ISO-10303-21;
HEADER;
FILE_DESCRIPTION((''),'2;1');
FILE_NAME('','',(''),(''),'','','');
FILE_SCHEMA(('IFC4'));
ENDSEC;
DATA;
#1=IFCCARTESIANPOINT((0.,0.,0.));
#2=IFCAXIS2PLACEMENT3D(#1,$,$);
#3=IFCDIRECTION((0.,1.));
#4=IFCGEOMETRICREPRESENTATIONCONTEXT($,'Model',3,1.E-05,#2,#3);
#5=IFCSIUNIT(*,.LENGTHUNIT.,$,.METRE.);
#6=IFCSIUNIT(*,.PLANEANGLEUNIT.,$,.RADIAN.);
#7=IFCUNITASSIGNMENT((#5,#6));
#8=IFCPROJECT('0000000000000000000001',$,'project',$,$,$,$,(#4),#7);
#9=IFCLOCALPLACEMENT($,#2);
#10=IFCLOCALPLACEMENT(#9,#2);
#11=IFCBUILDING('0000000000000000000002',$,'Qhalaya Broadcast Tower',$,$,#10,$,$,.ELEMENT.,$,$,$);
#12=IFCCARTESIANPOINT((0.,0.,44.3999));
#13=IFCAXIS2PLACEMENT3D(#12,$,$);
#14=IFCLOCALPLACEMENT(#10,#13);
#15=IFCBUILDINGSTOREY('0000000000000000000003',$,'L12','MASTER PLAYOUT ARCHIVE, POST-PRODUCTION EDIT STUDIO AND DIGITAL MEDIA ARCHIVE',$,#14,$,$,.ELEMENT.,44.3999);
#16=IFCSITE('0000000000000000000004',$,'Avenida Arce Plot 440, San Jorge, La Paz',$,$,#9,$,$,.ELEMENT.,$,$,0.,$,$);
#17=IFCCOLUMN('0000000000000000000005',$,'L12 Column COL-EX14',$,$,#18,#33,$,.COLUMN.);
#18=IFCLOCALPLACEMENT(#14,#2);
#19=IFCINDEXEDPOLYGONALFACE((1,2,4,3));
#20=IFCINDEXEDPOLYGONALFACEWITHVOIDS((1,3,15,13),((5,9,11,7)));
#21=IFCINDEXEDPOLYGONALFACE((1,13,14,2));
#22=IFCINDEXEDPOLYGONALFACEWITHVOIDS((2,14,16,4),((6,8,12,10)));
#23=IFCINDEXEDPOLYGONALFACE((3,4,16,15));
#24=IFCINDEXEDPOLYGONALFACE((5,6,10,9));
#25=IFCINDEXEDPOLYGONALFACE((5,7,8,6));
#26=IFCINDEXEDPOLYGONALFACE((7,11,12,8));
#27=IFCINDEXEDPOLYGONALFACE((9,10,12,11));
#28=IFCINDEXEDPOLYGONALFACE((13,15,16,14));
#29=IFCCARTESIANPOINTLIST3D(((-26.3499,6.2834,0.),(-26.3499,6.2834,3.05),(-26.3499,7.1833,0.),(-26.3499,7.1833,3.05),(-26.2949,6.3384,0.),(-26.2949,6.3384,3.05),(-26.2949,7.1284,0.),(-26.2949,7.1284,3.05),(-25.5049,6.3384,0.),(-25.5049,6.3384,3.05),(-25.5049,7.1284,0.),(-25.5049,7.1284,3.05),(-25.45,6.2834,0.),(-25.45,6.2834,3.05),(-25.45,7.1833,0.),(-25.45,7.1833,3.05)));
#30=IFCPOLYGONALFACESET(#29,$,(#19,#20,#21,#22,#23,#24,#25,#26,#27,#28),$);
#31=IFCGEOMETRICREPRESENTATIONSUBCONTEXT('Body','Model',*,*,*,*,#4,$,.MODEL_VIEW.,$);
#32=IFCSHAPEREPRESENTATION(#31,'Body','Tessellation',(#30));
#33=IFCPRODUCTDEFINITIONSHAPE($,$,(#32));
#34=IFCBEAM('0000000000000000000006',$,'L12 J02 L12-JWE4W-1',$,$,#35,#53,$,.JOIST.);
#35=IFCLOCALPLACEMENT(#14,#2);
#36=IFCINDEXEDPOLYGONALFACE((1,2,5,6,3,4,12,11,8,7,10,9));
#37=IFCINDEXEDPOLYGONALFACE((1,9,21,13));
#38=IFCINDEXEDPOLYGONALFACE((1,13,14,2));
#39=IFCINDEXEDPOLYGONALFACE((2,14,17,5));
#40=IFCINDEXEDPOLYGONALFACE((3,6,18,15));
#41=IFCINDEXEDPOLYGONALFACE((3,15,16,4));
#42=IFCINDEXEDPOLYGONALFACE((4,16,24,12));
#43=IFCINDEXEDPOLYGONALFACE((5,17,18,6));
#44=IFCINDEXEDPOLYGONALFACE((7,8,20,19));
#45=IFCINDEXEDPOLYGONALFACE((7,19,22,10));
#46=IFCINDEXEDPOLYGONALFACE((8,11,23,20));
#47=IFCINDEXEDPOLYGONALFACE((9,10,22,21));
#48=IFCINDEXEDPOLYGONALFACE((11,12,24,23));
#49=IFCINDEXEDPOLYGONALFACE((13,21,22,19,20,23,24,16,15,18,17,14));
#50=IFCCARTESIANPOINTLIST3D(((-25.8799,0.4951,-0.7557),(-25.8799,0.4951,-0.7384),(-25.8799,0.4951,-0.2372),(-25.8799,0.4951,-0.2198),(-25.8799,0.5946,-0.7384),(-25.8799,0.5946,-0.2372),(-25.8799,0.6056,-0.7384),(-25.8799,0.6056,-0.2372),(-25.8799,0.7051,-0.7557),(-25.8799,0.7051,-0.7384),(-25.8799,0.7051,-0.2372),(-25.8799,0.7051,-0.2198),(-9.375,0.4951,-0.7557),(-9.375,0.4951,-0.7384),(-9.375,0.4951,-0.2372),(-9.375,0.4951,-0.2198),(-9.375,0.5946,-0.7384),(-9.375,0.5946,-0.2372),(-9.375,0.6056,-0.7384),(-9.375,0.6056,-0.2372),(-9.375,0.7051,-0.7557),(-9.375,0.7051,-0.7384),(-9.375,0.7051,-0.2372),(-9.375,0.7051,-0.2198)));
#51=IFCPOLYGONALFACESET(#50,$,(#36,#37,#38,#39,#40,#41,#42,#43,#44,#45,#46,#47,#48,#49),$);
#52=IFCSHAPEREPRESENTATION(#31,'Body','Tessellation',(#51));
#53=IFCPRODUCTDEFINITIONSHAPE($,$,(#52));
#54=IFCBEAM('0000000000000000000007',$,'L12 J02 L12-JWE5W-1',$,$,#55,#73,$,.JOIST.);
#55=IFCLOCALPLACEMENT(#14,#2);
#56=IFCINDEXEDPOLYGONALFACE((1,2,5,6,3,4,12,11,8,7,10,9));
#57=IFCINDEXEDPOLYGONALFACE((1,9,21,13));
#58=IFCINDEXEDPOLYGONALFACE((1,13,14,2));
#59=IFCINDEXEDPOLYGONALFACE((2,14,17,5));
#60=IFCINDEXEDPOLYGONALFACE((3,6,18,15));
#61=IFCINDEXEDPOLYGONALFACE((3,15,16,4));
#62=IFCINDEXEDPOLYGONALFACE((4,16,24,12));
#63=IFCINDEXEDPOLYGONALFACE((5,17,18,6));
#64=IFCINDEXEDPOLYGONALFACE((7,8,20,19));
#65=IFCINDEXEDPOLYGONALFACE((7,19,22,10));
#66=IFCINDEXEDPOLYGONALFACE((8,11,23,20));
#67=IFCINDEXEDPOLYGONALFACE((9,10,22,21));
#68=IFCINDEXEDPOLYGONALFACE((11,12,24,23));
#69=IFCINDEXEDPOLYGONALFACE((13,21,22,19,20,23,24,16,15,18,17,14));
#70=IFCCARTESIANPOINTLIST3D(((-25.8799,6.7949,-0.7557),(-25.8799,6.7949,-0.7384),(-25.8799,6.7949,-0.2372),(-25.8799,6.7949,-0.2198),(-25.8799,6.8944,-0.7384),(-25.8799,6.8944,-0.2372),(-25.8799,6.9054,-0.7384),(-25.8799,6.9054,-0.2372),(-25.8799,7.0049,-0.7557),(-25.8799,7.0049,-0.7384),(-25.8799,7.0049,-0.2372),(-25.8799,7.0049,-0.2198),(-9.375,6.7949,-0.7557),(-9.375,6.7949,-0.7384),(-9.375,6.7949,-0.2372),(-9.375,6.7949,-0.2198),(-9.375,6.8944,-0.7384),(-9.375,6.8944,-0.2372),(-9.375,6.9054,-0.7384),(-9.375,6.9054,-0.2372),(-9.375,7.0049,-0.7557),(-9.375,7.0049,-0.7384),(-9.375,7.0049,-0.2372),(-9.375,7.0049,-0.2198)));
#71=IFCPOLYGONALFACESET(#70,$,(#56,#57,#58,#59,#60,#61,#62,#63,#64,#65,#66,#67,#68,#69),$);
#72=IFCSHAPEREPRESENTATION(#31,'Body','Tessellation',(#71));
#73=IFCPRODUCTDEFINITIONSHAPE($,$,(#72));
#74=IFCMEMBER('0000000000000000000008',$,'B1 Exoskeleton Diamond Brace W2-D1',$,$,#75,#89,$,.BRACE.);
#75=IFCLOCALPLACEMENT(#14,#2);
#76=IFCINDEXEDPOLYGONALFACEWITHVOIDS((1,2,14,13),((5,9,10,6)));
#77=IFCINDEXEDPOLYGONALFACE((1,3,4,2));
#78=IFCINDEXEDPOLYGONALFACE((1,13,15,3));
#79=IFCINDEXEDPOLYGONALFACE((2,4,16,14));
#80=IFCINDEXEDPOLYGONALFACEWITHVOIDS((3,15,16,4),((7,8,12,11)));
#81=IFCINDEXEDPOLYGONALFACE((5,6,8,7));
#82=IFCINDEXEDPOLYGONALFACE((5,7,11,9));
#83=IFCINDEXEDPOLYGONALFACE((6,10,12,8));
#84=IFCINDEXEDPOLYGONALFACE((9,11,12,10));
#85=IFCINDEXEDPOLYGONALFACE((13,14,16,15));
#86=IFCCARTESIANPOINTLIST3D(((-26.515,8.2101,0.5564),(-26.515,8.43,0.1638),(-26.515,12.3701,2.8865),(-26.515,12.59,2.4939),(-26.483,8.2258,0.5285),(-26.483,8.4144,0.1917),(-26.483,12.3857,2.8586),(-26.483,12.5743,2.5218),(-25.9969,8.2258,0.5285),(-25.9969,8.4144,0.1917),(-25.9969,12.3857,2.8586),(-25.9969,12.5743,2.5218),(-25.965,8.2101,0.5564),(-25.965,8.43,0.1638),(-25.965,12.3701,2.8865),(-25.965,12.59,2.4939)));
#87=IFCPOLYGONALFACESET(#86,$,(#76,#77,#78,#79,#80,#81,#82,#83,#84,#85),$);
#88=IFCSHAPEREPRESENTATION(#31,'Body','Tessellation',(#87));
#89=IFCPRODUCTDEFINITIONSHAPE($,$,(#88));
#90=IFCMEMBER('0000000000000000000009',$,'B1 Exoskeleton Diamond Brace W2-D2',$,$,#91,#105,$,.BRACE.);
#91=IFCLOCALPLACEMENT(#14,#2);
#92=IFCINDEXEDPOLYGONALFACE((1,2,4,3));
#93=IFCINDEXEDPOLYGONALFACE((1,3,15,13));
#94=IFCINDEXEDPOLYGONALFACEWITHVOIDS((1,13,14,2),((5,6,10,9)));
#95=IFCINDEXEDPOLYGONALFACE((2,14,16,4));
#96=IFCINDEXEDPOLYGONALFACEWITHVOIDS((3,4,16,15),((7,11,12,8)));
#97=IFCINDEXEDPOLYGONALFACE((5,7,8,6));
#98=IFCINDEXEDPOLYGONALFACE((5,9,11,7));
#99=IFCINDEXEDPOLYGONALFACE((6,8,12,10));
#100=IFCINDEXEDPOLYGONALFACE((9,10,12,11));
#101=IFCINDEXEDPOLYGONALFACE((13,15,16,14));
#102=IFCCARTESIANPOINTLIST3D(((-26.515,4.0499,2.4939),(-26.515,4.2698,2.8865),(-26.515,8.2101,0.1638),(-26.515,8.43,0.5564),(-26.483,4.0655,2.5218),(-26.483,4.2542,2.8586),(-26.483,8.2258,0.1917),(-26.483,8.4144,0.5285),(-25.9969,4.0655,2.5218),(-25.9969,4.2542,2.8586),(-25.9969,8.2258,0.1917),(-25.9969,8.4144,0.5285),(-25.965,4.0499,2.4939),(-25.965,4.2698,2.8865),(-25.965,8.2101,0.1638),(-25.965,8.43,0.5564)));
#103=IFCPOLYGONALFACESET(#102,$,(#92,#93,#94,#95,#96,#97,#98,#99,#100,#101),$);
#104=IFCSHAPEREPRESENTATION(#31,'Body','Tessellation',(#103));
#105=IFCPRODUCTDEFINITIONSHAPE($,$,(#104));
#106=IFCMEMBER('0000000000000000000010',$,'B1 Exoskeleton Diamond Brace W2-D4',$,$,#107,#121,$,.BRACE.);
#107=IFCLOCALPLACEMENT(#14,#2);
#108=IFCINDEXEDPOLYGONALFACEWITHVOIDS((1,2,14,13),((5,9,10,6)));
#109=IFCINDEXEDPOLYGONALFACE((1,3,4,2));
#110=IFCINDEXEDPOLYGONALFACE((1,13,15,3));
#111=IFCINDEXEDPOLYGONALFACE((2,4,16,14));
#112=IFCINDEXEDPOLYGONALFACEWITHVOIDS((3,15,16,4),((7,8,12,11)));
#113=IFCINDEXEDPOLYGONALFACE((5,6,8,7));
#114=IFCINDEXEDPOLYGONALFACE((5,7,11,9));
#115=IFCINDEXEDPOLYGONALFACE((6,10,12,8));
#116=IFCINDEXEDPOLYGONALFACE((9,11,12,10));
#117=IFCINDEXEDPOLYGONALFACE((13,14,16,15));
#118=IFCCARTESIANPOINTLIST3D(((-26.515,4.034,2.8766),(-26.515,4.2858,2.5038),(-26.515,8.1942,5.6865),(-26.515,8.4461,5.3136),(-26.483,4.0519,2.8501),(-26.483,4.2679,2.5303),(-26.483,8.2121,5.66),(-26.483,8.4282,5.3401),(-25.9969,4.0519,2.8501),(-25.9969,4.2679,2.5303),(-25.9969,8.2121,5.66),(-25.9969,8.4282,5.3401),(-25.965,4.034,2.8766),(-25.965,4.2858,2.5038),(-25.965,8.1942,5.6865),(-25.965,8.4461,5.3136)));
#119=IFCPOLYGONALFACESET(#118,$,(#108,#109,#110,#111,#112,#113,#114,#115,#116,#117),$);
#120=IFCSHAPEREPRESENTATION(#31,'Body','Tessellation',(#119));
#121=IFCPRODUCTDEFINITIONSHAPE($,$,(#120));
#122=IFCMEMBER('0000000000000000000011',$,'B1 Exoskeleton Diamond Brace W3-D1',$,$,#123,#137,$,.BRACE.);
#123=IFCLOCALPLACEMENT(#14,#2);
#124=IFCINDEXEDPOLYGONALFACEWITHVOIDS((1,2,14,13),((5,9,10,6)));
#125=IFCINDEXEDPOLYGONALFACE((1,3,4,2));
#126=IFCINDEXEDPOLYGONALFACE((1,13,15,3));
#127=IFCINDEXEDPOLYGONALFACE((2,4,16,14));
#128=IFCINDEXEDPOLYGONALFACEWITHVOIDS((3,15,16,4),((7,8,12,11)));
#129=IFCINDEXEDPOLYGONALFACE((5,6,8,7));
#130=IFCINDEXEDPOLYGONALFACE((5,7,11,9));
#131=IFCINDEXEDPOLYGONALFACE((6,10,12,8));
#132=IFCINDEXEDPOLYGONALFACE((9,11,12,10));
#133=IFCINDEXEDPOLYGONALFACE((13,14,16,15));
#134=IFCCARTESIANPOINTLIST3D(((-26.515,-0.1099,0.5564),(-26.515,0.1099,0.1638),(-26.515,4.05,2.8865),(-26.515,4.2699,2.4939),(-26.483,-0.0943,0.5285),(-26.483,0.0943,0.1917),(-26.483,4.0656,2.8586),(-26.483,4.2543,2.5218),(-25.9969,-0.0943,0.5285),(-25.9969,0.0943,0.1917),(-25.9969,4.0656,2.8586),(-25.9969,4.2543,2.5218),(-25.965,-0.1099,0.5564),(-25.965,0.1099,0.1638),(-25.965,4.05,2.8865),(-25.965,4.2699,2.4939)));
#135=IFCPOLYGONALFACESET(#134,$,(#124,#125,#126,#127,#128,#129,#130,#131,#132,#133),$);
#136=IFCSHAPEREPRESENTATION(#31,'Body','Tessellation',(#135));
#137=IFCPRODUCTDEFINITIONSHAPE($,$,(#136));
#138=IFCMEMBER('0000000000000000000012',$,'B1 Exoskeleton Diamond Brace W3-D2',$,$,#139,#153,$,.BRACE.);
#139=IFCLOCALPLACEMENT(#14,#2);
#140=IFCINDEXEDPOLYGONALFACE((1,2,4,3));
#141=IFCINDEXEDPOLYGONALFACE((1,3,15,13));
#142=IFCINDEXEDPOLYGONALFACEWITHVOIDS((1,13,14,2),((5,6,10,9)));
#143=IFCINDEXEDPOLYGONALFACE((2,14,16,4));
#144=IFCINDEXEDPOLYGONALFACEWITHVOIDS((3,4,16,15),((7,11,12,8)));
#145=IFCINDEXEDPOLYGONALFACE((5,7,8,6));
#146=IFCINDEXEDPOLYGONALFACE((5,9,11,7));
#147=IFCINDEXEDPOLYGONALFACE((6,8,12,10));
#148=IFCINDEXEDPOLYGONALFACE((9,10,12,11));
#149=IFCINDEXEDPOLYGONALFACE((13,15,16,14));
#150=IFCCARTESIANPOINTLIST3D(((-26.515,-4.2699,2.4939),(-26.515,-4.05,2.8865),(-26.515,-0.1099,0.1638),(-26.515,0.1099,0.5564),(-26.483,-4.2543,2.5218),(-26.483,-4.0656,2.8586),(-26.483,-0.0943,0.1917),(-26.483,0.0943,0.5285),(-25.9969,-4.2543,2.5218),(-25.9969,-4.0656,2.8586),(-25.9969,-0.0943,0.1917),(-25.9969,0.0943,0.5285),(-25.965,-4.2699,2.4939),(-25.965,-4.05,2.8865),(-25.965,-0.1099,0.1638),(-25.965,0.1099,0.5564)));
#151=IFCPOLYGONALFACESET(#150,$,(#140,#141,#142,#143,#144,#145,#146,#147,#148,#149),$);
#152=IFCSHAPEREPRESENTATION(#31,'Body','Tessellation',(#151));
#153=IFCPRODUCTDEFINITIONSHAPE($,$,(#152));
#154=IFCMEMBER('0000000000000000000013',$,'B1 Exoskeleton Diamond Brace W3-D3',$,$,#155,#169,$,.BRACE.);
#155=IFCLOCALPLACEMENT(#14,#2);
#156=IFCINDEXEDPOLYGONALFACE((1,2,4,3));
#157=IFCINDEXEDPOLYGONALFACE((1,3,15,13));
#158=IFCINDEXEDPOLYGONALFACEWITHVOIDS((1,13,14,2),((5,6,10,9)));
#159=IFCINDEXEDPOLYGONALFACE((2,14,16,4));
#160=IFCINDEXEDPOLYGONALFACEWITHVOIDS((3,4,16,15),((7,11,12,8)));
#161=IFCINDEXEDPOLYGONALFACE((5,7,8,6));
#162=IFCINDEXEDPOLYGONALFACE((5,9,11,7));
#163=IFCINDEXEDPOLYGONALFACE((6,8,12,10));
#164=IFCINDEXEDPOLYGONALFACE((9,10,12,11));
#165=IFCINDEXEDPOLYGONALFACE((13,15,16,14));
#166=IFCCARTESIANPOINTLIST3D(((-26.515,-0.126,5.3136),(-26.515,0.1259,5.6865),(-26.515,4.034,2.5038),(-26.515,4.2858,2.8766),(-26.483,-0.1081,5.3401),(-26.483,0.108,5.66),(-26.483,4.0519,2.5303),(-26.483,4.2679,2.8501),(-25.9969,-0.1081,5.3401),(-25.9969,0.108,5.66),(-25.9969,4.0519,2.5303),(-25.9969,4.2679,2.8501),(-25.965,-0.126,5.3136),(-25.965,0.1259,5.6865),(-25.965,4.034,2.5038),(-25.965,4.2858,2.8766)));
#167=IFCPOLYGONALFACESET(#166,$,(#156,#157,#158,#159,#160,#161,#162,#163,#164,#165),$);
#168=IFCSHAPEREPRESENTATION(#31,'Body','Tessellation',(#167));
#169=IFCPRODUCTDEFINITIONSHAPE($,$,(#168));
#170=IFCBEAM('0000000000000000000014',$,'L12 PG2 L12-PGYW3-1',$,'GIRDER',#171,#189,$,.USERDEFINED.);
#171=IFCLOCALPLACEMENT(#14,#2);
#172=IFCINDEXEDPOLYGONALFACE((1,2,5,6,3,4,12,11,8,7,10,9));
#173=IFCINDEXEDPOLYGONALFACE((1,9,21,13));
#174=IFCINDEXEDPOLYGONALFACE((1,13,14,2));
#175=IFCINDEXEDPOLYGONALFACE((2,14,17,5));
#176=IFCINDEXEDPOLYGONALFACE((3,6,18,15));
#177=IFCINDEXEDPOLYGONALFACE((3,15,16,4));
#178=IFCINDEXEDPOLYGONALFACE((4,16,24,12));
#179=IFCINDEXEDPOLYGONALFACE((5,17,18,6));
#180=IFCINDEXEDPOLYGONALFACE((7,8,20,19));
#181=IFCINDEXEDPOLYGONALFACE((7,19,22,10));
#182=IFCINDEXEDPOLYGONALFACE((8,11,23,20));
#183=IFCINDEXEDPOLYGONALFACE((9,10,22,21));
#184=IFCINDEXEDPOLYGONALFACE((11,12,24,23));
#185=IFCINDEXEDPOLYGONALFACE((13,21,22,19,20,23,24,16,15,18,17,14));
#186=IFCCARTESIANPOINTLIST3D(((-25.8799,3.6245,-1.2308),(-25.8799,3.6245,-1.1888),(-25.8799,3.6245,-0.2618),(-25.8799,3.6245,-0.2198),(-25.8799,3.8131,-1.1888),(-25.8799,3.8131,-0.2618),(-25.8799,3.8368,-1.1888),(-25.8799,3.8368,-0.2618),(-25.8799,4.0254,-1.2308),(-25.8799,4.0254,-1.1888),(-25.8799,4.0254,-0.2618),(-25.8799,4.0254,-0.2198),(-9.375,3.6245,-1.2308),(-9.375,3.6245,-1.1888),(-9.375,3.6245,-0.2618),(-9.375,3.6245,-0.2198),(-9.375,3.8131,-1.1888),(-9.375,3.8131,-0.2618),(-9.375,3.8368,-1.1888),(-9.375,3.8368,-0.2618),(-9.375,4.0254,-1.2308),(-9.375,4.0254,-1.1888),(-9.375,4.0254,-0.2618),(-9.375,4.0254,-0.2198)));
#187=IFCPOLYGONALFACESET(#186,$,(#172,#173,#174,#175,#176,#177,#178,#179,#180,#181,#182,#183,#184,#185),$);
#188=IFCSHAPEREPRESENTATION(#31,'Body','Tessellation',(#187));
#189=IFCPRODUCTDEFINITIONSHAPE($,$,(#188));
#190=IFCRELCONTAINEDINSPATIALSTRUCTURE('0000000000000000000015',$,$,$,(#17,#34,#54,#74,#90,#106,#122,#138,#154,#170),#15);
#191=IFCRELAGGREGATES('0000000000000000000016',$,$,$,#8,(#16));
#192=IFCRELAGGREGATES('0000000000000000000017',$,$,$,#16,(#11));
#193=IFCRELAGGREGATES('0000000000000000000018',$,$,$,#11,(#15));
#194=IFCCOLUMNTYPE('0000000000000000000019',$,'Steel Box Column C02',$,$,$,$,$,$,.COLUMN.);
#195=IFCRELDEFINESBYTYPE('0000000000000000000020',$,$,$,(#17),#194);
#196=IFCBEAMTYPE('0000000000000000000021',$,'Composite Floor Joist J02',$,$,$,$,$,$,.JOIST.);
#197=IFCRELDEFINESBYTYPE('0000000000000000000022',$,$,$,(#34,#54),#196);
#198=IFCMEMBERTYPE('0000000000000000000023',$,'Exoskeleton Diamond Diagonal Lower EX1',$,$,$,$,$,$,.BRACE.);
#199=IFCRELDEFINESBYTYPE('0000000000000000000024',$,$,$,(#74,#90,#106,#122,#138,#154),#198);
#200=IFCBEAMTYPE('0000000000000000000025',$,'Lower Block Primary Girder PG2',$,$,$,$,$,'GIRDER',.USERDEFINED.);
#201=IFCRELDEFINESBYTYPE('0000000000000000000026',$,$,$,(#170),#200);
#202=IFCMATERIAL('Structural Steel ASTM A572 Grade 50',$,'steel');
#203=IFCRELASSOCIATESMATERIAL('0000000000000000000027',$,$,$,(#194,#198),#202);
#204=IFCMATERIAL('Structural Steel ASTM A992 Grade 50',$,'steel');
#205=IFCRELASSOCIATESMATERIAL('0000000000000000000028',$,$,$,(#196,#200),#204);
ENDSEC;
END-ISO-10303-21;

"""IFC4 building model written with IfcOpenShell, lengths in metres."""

from ifc_helpers import new_model, si_unit, direction, frame, origin, origin_2d, place, context, subcontext, project, spatial, hollow_rectangle, i_section, extrude, material, material_profile, profile_set, type_object, element, save


model = new_model("IFC4")

# Units and contexts
model_context = context("Model", 3, precision=1e-05, world=origin(), true_north=direction((0.0, 1.0)))
body_context = subcontext(model_context, "Body", "Model", "MODEL_VIEW")
ifc_project = project(units=[si_unit("LENGTHUNIT", "METRE"), si_unit("PLANEANGLEUNIT", "RADIAN")], contexts=[model_context])

# Site, building, storey
site_placement = place(None, origin())
site = spatial("IfcSite", under=ifc_project, at=site_placement, Name="Avenida Arce Plot 440, San Jorge, La Paz", CompositionType="ELEMENT", RefElevation=0.0)
building_placement = place(site_placement, origin())
building = spatial("IfcBuilding", under=site, at=building_placement, Name="Qhalaya Broadcast Tower", CompositionType="ELEMENT")
storey_placement = place(building_placement, frame((0.0, 0.0, 44.3999)))
storey = spatial("IfcBuildingStorey", under=building, at=storey_placement, Name="L12", Description="MASTER PLAYOUT ARCHIVE, POST-PRODUCTION EDIT STUDIO AND DIGITAL MEDIA ARCHIVE", CompositionType="ELEMENT", Elevation=44.3999)

# Column
ifc_material_1 = material(Name="Structural Steel ASTM A572 Grade 50", Category="steel")
ifc_material_profile_1 = material_profile(ifc_material_1, hollow_rectangle(XDim=0.8999, YDim=0.8999, WallThickness=0.0549, at=origin_2d()), Name="BOX 900x900x55")
ifc_profile_set_1 = profile_set([ifc_material_profile_1], Name="Structural Steel ASTM A572 Grade 50")
column_type = type_object("IfcColumnType", Name="Steel Box Column C02", PredefinedType="COLUMN", material=ifc_profile_set_1)
column_placement = place(storey_placement, frame((-25.8999, 6.7334, 0.0), z_axis=(0.0, 0.0, 1.0), x_axis=(0.0, 1.0, 0.0)))
element("IfcColumn", 1, at=column_placement, inside=storey, type_object=column_type, Name="L12 Column COL-EX14", PredefinedType="COLUMN", context=body_context, shape_type="SweptSolid", body=[
    extrude(hollow_rectangle(XDim=0.8999, YDim=0.8999, WallThickness=0.0549, at=origin_2d()), origin(), (0.0, 0.0, 1.0), 3.05),
])

# Beams
ifc_material_2 = material(Name="Structural Steel ASTM A992 Grade 50", Category="steel")
ifc_material_profile_2 = material_profile(ifc_material_2, i_section(OverallWidth=0.21, OverallDepth=0.5359, WebThickness=0.011, FlangeThickness=0.0173, at=origin_2d()), Name="W21X68")
ifc_profile_set_2 = profile_set([ifc_material_profile_2], Name="Structural Steel ASTM A992 Grade 50")
beam_type_1 = type_object("IfcBeamType", Name="Composite Floor Joist J02", PredefinedType="JOIST", material=ifc_profile_set_2)
for number, where, z_axis, x_axis, name in (
    (2, (-25.8799, 0.6001, -0.4878), (1.0, 0.0, 0.0), (0.0, 1.0, 0.0), "L12 J02 L12-JWE4W-1"),
    (3, (-25.8799, 6.8999, -0.4878), (1.0, 0.0, 0.0), (0.0, 1.0, 0.0), "L12 J02 L12-JWE5W-1"),
):
    element("IfcBeam", number, at=place(storey_placement, frame(where, z_axis=z_axis, x_axis=x_axis)), inside=storey, type_object=beam_type_1, Name=name, PredefinedType="JOIST", context=body_context, shape_type="SweptSolid", body=[
        extrude(i_section(OverallWidth=0.21, OverallDepth=0.5359, WebThickness=0.011, FlangeThickness=0.0173, at=origin_2d()), origin(), (0.0, 0.0, 1.0), 16.5049),
    ])

# Members
ifc_material_profile_3 = material_profile(ifc_material_1, hollow_rectangle(XDim=0.45, YDim=0.55, WallThickness=0.032, at=origin_2d()), Name="BOX 450x550x32")
ifc_profile_set_3 = profile_set([ifc_material_profile_3], Name="Structural Steel ASTM A572 Grade 50")
member_type = type_object("IfcMemberType", Name="Exoskeleton Diamond Diagonal Lower EX1", PredefinedType="BRACE", material=ifc_profile_set_3)
member_1_placement = place(storey_placement, frame((-26.24, 8.3201, 0.3601), z_axis=(0.0, 0.872459, 0.488688), x_axis=(0.0, -0.488688, 0.872459)))
element("IfcMember", 4, at=member_1_placement, inside=storey, type_object=member_type, Name="B1 Exoskeleton Diamond Brace W2-D1", PredefinedType="BRACE", context=body_context, shape_type="SweptSolid", body=[
    extrude(hollow_rectangle(XDim=0.45, YDim=0.55, WallThickness=0.032, at=origin_2d()), origin(), (0.0, 0.0, 1.0), 4.7681),
])
member_2_placement = place(storey_placement, frame((-26.24, 8.3201, 0.3601), z_axis=(0.0, -0.872471, 0.488666), x_axis=(0.0, 0.488666, 0.872471)))
element("IfcMember", 5, at=member_2_placement, inside=storey, type_object=member_type, Name="B1 Exoskeleton Diamond Brace W2-D2", PredefinedType="BRACE", context=body_context, shape_type="SweptSolid", body=[
    extrude(hollow_rectangle(XDim=0.45, YDim=0.55, WallThickness=0.032, at=origin_2d()), origin(), (0.0, 0.0, 1.0), 4.7683),
])
member_3_placement = place(storey_placement, frame((-26.24, 4.1599, 2.6902), z_axis=(0.0, 0.828691, 0.559707), x_axis=(0.0, -0.559707, 0.828691)))
element("IfcMember", 6, at=member_3_placement, inside=storey, type_object=member_type, Name="B1 Exoskeleton Diamond Brace W2-D4", PredefinedType="BRACE", context=body_context, shape_type="SweptSolid", body=[
    extrude(hollow_rectangle(XDim=0.45, YDim=0.55, WallThickness=0.032, at=origin_2d()), origin(), (0.0, 0.0, 1.0), 5.0203),
])
for number, where, z_axis, x_axis, name in (
    (7, (-26.24, 0.0, 0.3601), (0.0, 0.872459, 0.488688), (0.0, -0.488688, 0.872459), "B1 Exoskeleton Diamond Brace W3-D1"),
    (8, (-26.24, 0.0, 0.3601), (0.0, -0.872459, 0.488688), (0.0, 0.488688, 0.872459), "B1 Exoskeleton Diamond Brace W3-D2"),
):
    element("IfcMember", number, at=place(storey_placement, frame(where, z_axis=z_axis, x_axis=x_axis)), inside=storey, type_object=member_type, Name=name, PredefinedType="BRACE", context=body_context, shape_type="SweptSolid", body=[
        extrude(hollow_rectangle(XDim=0.45, YDim=0.55, WallThickness=0.032, at=origin_2d()), origin(), (0.0, 0.0, 1.0), 4.7681),
    ])
member_4_placement = place(storey_placement, frame((-26.24, 4.1599, 2.6902), z_axis=(0.0, -0.828676, 0.559729), x_axis=(0.0, 0.559729, 0.828676)))
element("IfcMember", 9, at=member_4_placement, inside=storey, type_object=member_type, Name="B1 Exoskeleton Diamond Brace W3-D3", PredefinedType="BRACE", context=body_context, shape_type="SweptSolid", body=[
    extrude(hollow_rectangle(XDim=0.45, YDim=0.55, WallThickness=0.032, at=origin_2d()), origin(), (0.0, 0.0, 1.0), 5.02),
])

# Beam
ifc_material_profile_4 = material_profile(ifc_material_2, i_section(OverallWidth=0.4009, OverallDepth=1.011, WebThickness=0.0237, FlangeThickness=0.042, at=origin_2d()), Name="W40X297")
ifc_profile_set_4 = profile_set([ifc_material_profile_4], Name="Structural Steel ASTM A992 Grade 50")
beam_type_2 = type_object("IfcBeamType", Name="Lower Block Primary Girder PG2", ElementType="GIRDER", PredefinedType="USERDEFINED", material=ifc_profile_set_4)
for number, where, z_axis, x_axis, name in (
    (10, (-25.8799, 3.825, -0.7253), (1.0, 0.0, 0.0), (0.0, 1.0, 0.0), "L12 PG2 L12-PGYW3-1"),
):
    element("IfcBeam", number, at=place(storey_placement, frame(where, z_axis=z_axis, x_axis=x_axis)), inside=storey, type_object=beam_type_2, Name=name, ObjectType="GIRDER", PredefinedType="USERDEFINED", context=body_context, shape_type="SweptSolid", body=[
        extrude(i_section(OverallWidth=0.4009, OverallDepth=1.011, WebThickness=0.0237, FlangeThickness=0.042, at=origin_2d()), origin(), (0.0, 0.0, 1.0), 16.5049),
    ])

save(model, "model.ifc")
